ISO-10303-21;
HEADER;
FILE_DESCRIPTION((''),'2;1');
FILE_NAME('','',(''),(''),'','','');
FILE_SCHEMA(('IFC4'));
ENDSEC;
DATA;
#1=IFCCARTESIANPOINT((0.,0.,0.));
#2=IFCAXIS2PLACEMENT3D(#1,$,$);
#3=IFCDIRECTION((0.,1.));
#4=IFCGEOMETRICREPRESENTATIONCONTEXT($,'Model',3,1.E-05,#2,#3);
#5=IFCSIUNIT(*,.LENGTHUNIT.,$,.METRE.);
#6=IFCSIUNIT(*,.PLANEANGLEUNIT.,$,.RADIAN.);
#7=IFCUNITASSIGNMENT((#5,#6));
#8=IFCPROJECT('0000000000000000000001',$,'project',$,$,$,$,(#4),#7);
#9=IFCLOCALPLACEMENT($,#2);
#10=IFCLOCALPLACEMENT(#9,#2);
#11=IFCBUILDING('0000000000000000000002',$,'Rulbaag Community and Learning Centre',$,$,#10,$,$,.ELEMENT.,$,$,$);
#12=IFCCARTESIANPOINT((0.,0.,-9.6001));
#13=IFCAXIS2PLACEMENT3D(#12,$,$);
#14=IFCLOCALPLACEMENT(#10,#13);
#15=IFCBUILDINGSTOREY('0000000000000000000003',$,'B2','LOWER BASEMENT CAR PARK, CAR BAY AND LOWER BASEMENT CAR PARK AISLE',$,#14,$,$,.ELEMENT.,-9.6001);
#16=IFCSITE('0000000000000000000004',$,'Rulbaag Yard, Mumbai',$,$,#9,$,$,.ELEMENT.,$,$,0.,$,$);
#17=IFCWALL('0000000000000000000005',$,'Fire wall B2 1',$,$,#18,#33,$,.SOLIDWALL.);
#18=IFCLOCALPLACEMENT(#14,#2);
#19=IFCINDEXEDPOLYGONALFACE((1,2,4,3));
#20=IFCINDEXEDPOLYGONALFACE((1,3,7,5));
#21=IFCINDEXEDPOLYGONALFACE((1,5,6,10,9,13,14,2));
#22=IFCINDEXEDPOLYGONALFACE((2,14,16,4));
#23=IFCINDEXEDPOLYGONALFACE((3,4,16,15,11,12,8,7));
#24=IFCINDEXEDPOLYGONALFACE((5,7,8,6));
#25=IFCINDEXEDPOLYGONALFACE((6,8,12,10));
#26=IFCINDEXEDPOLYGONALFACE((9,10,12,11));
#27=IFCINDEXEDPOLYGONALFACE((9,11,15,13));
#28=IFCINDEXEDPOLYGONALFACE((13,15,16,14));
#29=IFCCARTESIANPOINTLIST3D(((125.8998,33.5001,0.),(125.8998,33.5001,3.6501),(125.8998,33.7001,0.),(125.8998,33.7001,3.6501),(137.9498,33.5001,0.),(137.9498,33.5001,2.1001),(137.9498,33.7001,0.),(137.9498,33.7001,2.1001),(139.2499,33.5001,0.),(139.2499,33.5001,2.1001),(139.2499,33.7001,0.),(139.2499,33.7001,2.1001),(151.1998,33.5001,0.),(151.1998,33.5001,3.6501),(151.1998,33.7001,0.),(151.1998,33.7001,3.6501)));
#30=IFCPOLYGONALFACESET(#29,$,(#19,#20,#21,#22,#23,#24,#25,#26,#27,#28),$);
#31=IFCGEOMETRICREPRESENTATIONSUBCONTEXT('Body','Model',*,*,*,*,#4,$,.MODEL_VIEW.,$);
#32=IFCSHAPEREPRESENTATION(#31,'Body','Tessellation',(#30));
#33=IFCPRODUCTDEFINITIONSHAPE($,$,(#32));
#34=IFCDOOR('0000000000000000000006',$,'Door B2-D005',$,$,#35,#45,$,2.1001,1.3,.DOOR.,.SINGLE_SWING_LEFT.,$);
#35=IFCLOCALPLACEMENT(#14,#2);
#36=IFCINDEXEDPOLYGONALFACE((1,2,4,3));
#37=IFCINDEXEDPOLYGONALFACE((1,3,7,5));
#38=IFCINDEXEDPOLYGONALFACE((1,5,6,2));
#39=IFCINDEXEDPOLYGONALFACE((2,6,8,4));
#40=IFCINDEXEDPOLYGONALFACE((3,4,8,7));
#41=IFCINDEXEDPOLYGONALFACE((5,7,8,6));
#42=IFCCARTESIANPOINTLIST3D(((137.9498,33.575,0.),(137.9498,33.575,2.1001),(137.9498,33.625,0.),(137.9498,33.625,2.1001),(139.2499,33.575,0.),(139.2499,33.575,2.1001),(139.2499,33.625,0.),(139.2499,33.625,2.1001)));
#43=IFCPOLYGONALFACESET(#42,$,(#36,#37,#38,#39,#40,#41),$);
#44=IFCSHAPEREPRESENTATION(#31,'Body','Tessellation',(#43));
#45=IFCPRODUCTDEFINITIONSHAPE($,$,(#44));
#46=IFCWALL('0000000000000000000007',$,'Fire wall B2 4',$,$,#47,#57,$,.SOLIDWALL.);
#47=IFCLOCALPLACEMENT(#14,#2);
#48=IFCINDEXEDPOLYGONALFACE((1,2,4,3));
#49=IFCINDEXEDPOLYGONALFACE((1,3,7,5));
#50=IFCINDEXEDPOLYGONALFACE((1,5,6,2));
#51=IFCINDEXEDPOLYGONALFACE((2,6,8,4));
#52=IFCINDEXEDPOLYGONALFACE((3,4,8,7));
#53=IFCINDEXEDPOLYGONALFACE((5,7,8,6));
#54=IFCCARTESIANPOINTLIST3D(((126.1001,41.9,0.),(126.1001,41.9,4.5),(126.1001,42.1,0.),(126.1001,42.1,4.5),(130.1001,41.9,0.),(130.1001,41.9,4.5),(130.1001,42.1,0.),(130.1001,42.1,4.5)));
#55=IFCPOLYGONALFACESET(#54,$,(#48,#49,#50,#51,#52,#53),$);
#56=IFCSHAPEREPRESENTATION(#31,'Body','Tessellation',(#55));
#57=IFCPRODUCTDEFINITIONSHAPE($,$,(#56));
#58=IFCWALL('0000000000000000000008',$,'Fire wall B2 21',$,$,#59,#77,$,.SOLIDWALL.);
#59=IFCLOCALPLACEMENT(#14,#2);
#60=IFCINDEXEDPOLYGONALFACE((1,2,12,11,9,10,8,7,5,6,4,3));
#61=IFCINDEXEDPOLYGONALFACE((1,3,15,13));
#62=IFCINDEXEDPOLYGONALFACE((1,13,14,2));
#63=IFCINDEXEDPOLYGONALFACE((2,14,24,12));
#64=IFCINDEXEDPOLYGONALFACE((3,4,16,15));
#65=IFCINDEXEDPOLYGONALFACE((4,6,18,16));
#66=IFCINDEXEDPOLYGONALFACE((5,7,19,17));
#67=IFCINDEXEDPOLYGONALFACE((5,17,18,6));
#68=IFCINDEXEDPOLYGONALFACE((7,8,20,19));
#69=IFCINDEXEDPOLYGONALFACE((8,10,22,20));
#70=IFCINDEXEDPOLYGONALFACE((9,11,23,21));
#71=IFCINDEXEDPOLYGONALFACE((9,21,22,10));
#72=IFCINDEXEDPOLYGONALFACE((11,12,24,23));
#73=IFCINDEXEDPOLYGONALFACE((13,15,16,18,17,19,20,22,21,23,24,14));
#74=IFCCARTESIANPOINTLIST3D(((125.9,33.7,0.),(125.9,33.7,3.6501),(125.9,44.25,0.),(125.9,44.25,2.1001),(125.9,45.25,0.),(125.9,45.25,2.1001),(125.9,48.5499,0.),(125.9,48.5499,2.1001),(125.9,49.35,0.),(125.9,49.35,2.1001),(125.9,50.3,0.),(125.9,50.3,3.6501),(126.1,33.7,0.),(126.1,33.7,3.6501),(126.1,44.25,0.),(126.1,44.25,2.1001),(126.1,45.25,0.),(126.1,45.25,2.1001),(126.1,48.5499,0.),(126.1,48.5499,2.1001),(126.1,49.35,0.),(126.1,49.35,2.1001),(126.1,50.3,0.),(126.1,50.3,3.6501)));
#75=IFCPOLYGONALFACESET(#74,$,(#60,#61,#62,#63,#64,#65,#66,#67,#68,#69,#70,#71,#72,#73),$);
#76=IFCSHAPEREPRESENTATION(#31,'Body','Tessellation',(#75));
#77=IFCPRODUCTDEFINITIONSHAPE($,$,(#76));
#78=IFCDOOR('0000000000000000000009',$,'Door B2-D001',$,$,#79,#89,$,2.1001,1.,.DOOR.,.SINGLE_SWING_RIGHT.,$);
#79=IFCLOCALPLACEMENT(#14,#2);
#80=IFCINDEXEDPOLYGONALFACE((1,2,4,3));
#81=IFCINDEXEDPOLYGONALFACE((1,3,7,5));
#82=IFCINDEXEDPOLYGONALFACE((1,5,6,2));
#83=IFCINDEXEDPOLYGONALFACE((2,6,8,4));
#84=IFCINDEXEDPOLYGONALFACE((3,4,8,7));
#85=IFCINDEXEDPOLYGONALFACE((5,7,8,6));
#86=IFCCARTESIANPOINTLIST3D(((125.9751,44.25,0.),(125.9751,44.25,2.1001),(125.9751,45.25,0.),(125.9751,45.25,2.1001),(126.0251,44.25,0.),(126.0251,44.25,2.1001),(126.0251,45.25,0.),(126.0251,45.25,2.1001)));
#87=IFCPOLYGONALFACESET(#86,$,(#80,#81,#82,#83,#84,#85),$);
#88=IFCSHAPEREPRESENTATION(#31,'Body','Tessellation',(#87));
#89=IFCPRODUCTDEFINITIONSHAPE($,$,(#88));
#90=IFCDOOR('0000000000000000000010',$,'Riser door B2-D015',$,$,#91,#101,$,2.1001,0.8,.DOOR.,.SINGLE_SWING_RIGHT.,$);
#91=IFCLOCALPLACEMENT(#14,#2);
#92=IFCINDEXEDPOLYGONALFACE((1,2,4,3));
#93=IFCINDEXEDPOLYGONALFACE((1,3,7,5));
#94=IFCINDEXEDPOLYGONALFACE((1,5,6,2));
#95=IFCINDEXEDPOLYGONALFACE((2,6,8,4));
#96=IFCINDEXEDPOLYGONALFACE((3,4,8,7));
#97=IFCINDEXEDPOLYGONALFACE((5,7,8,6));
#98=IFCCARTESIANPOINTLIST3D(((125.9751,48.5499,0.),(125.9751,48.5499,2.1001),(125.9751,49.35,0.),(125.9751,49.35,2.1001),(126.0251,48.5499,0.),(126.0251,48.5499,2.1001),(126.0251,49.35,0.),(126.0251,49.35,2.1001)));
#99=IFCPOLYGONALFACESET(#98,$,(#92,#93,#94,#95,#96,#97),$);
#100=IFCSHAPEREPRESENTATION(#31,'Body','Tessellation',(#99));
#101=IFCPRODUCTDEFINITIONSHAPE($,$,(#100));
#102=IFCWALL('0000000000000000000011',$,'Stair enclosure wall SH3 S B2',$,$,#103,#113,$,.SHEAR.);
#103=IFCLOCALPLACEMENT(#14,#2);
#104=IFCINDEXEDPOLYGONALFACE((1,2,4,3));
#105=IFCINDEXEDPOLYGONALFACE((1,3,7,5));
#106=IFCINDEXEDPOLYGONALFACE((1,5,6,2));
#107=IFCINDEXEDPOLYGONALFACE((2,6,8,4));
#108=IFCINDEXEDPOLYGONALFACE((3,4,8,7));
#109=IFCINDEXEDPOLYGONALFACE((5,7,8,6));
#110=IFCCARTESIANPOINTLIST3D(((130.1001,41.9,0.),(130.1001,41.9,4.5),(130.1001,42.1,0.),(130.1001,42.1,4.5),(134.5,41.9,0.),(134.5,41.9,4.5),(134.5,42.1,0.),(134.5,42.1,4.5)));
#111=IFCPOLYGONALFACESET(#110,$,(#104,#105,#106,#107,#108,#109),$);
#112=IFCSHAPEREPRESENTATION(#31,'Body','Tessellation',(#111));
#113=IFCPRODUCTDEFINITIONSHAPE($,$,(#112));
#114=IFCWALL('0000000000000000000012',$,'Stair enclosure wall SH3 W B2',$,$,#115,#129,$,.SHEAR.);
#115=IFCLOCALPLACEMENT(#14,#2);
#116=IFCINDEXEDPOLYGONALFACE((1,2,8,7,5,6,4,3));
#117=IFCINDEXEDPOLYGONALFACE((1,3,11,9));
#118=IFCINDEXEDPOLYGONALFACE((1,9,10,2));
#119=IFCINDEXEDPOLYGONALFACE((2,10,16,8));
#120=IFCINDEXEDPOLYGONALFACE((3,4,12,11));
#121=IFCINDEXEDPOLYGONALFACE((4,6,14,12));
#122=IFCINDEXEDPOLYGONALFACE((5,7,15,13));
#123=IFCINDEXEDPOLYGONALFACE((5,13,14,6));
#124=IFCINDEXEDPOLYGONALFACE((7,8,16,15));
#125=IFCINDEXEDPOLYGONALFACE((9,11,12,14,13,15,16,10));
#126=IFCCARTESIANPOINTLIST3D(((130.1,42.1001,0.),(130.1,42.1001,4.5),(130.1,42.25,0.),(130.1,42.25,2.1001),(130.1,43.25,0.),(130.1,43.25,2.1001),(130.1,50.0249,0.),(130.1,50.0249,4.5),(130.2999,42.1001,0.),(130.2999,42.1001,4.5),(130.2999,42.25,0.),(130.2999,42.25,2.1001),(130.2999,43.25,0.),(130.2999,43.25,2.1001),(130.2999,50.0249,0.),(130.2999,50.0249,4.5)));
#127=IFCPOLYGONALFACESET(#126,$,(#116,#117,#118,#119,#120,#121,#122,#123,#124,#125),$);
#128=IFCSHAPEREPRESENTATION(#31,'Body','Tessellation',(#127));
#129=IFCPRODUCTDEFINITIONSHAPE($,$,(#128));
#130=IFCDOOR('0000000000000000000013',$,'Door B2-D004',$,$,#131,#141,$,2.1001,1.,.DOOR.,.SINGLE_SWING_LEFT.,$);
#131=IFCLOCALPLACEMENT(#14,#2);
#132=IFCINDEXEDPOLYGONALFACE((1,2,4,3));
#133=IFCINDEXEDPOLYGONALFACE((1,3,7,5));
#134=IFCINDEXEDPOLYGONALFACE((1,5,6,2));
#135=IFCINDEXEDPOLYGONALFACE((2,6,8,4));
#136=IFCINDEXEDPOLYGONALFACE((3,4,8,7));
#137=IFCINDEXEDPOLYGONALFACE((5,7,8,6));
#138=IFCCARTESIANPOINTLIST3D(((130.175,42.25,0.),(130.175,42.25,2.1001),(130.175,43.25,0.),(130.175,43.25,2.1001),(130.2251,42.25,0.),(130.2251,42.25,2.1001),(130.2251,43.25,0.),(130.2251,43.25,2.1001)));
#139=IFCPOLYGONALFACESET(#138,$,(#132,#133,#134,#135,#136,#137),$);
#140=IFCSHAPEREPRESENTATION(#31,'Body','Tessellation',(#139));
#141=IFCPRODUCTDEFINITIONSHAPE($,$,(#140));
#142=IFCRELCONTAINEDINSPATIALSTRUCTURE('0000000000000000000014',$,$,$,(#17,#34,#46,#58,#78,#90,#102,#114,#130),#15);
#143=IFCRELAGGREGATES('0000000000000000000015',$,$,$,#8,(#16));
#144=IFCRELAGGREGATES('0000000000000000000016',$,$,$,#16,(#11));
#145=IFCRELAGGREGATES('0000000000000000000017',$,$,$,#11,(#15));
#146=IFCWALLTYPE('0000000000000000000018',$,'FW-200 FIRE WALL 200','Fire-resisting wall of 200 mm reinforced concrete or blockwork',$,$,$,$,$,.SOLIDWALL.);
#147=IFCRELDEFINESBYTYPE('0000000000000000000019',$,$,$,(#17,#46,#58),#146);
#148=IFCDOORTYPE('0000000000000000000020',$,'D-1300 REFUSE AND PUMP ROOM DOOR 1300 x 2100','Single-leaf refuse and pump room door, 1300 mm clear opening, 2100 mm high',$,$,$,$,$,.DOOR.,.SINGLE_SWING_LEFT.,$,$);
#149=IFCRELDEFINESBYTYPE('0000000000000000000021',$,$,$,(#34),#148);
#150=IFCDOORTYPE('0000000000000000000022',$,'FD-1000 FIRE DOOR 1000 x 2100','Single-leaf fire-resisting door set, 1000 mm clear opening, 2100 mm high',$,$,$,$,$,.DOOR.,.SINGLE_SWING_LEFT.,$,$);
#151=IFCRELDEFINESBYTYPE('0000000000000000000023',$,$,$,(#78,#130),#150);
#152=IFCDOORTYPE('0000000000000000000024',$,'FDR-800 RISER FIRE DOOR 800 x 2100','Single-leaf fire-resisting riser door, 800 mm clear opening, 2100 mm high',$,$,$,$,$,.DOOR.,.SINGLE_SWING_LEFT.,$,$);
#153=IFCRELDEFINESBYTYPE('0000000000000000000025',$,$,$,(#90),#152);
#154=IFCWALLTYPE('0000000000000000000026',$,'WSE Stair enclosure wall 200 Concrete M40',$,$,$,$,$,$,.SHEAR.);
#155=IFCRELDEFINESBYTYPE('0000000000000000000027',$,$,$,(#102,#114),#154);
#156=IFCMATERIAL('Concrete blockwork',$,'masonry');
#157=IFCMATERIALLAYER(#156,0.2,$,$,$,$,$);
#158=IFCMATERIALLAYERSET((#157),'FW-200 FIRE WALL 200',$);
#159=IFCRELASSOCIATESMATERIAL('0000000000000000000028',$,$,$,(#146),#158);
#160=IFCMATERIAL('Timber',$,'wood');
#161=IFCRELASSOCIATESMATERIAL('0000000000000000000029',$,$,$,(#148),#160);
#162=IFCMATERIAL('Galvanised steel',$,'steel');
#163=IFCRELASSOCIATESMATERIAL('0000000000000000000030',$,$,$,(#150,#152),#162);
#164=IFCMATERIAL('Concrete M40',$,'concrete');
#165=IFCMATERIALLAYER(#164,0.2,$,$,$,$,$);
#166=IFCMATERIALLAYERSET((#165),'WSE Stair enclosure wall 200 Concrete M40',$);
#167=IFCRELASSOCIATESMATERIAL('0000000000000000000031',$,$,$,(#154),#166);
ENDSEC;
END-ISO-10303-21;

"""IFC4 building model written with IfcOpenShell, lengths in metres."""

from ifc_helpers import new_model, si_unit, direction, frame, frame_2d, origin, place, context, subcontext, project, spatial, rectangle, extrude, material, layer, layer_set, type_object, element, fill, save


model = new_model("IFC4")

# Units and contexts
model_context = context("Model", 3, precision=1e-05, world=origin(), true_north=direction((0.0, 1.0)))
body_context = subcontext(model_context, "Body", "Model", "MODEL_VIEW")
ifc_project = project(units=[si_unit("LENGTHUNIT", "METRE"), si_unit("PLANEANGLEUNIT", "RADIAN")], contexts=[model_context])

# Site, building, storey
site_placement = place(None, origin())
site = spatial("IfcSite", under=ifc_project, at=site_placement, Name="Rulbaag Yard, Mumbai", CompositionType="ELEMENT", RefElevation=0.0)
building_placement = place(site_placement, origin())
building = spatial("IfcBuilding", under=site, at=building_placement, Name="Rulbaag Community and Learning Centre", CompositionType="ELEMENT")
storey_placement = place(building_placement, frame((0.0, 0.0, -9.6001)))
storey = spatial("IfcBuildingStorey", under=building, at=storey_placement, Name="B2", Description="LOWER BASEMENT CAR PARK, CAR BAY AND LOWER BASEMENT CAR PARK AISLE", CompositionType="ELEMENT", Elevation=-9.6001)

# Wall, opening, door
ifc_material_1 = material(Name="Concrete blockwork", Category="masonry")
ifc_layer_1 = layer(ifc_material_1, 0.2)
ifc_layer_set_1 = layer_set([ifc_layer_1], Name="FW-200 FIRE WALL 200")
wall_type_1 = type_object("IfcWallType", Name="FW-200 FIRE WALL 200", Description="Fire-resisting wall of 200 mm reinforced concrete or blockwork", PredefinedType="SOLIDWALL", material=ifc_layer_set_1)
wall_1_placement = place(storey_placement, frame((125.8999, 33.6001, 0.0), z_axis=(0.0, 0.0, 1.0), x_axis=(1.0, 0.0, 0.0)))
wall_1 = element("IfcWall", 1, at=wall_1_placement, inside=storey, type_object=wall_type_1, Name="Fire wall B2 1", PredefinedType="SOLIDWALL", context=body_context, shape_type="SweptSolid", body=[
    extrude(rectangle(XDim=25.3, YDim=0.2, at=frame_2d((12.6499, 0.0))), origin(), (0.0, 0.0, 1.0), 3.6501),
])
opening_1_placement = place(wall_1_placement, frame((12.05, 0.0, 0.0)))
opening_1 = element("IfcOpeningElement", 2, at=opening_1_placement, cuts=wall_1, PredefinedType="OPENING", context=body_context, shape_type="SweptSolid", body=[
    extrude(rectangle(XDim=1.3, YDim=2.1001, at=frame_2d((0.6499, 1.05))), frame((0.0, 0.1099, 0.0), z_axis=(0.0, -1.0, 0.0), x_axis=(1.0, 0.0, 0.0)), (0.0, 0.0, 1.0), 0.22),
])
ifc_material_2 = material(Name="Timber", Category="wood")
door_type_1 = type_object("IfcDoorType", Name="D-1300 REFUSE AND PUMP ROOM DOOR 1300 x 2100", Description="Single-leaf refuse and pump room door, 1300 mm clear opening, 2100 mm high", OperationType="SINGLE_SWING_LEFT", PredefinedType="DOOR", material=ifc_material_2)
door_1_placement = place(opening_1_placement, origin())
door_1 = element("IfcDoor", 3, at=door_1_placement, inside=storey, type_object=door_type_1, Name="Door B2-D005", OperationType="SINGLE_SWING_LEFT", OverallHeight=2.1001, OverallWidth=1.3, PredefinedType="DOOR", context=body_context, shape_type="SweptSolid", body=[
    extrude(rectangle(XDim=1.3, YDim=2.1001, at=frame_2d((0.6499, 1.05))), frame((0.0, 0.0249, 0.0), z_axis=(0.0, -1.0, 0.0), x_axis=(1.0, 0.0, 0.0)), (0.0, 0.0, 1.0), 0.05),
])
fill(opening_1, door_1)

# Wall
wall_2_placement = place(storey_placement, frame((126.1001, 42.0, 0.0), z_axis=(0.0, 0.0, 1.0), x_axis=(1.0, 0.0, 0.0)))
element("IfcWall", 4, at=wall_2_placement, inside=storey, type_object=wall_type_1, Name="Fire wall B2 4", PredefinedType="SOLIDWALL", context=body_context, shape_type="SweptSolid", body=[
    extrude(rectangle(XDim=4.0, YDim=0.2, at=frame_2d((2.0, 0.0))), origin(), (0.0, 0.0, 1.0), 4.5),
])

# Wall, openings, doors
wall_3_placement = place(storey_placement, frame((126.0, 33.7, 0.0), z_axis=(0.0, 0.0, 1.0), x_axis=(0.0, 1.0, 0.0)))
wall_3 = element("IfcWall", 5, at=wall_3_placement, inside=storey, type_object=wall_type_1, Name="Fire wall B2 21", PredefinedType="SOLIDWALL", context=body_context, shape_type="SweptSolid", body=[
    extrude(rectangle(XDim=16.6001, YDim=0.2, at=frame_2d((8.3, 0.0))), origin(), (0.0, 0.0, 1.0), 3.6501),
])
opening_2_placement = place(wall_3_placement, frame((14.8501, 0.0, 0.0)))
opening_2 = element("IfcOpeningElement", 6, at=opening_2_placement, cuts=wall_3, PredefinedType="OPENING", context=body_context, shape_type="SweptSolid", body=[
    extrude(rectangle(XDim=0.8, YDim=2.1001, at=frame_2d((0.3999, 1.05))), frame((0.0, 0.1099, 0.0), z_axis=(0.0, -1.0, 0.0), x_axis=(1.0, 0.0, 0.0)), (0.0, 0.0, 1.0), 0.22),
])
opening_3_placement = place(wall_3_placement, frame((10.55, 0.0, 0.0)))
opening_3 = element("IfcOpeningElement", 7, at=opening_3_placement, cuts=wall_3, PredefinedType="OPENING", context=body_context, shape_type="SweptSolid", body=[
    extrude(rectangle(XDim=1.0, YDim=2.1001, at=frame_2d((0.5, 1.05))), frame((0.0, 0.1099, 0.0), z_axis=(0.0, -1.0, 0.0), x_axis=(1.0, 0.0, 0.0)), (0.0, 0.0, 1.0), 0.22),
])
ifc_material_3 = material(Name="Galvanised steel", Category="steel")
door_type_2 = type_object("IfcDoorType", Name="FD-1000 FIRE DOOR 1000 x 2100", Description="Single-leaf fire-resisting door set, 1000 mm clear opening, 2100 mm high", OperationType="SINGLE_SWING_LEFT", PredefinedType="DOOR", material=ifc_material_3)
door_2_placement = place(opening_3_placement, origin())
door_2 = element("IfcDoor", 8, at=door_2_placement, inside=storey, type_object=door_type_2, Name="Door B2-D001", OperationType="SINGLE_SWING_RIGHT", OverallHeight=2.1001, OverallWidth=1.0, PredefinedType="DOOR", context=body_context, shape_type="SweptSolid", body=[
    extrude(rectangle(XDim=1.0, YDim=2.1001, at=frame_2d((0.5, 1.05))), frame((0.0, 0.0249, 0.0), z_axis=(0.0, -1.0, 0.0), x_axis=(1.0, 0.0, 0.0)), (0.0, 0.0, 1.0), 0.05),
])
fill(opening_3, door_2)
door_type_3 = type_object("IfcDoorType", Name="FDR-800 RISER FIRE DOOR 800 x 2100", Description="Single-leaf fire-resisting riser door, 800 mm clear opening, 2100 mm high", OperationType="SINGLE_SWING_LEFT", PredefinedType="DOOR", material=ifc_material_3)
door_3_placement = place(opening_2_placement, origin())
door_3 = element("IfcDoor", 9, at=door_3_placement, inside=storey, type_object=door_type_3, Name="Riser door B2-D015", OperationType="SINGLE_SWING_RIGHT", OverallHeight=2.1001, OverallWidth=0.8, PredefinedType="DOOR", context=body_context, shape_type="SweptSolid", body=[
    extrude(rectangle(XDim=0.8, YDim=2.1001, at=frame_2d((0.3999, 1.05))), frame((0.0, 0.0249, 0.0), z_axis=(0.0, -1.0, 0.0), x_axis=(1.0, 0.0, 0.0)), (0.0, 0.0, 1.0), 0.05),
])
fill(opening_2, door_3)

# Wall
ifc_material_4 = material(Name="Concrete M40", Category="concrete")
ifc_layer_2 = layer(ifc_material_4, 0.2)
ifc_layer_set_2 = layer_set([ifc_layer_2], Name="WSE Stair enclosure wall 200 Concrete M40")
wall_type_2 = type_object("IfcWallType", Name="WSE Stair enclosure wall 200 Concrete M40", PredefinedType="SHEAR", material=ifc_layer_set_2)
wall_4_placement = place(storey_placement, frame((130.1001, 42.0, 0.0), z_axis=(0.0, 0.0, 1.0), x_axis=(1.0, 0.0, 0.0)))
element("IfcWall", 10, at=wall_4_placement, inside=storey, type_object=wall_type_2, Name="Stair enclosure wall SH3 S B2", PredefinedType="SHEAR", context=body_context, shape_type="SweptSolid", body=[
    extrude(rectangle(XDim=4.3999, YDim=0.2, at=frame_2d((2.2, 0.0))), origin(), (0.0, 0.0, 1.0), 4.5),
])

# Wall, opening, door
wall_5_placement = place(storey_placement, frame((130.2, 42.1001, 0.0), z_axis=(0.0, 0.0, 1.0), x_axis=(0.0, 1.0, 0.0)))
wall_5 = element("IfcWall", 11, at=wall_5_placement, inside=storey, type_object=wall_type_2, Name="Stair enclosure wall SH3 W B2", PredefinedType="SHEAR", context=body_context, shape_type="SweptSolid", body=[
    extrude(rectangle(XDim=7.9248, YDim=0.2, at=frame_2d((3.9624, 0.0))), origin(), (0.0, 0.0, 1.0), 4.5),
])
opening_4_placement = place(wall_5_placement, frame((0.1499, 0.0, 0.0)))
opening_4 = element("IfcOpeningElement", 12, at=opening_4_placement, cuts=wall_5, PredefinedType="OPENING", context=body_context, shape_type="SweptSolid", body=[
    extrude(rectangle(XDim=1.0, YDim=2.1001, at=frame_2d((0.5, 1.05))), frame((0.0, 0.1099, 0.0), z_axis=(0.0, -1.0, 0.0), x_axis=(1.0, 0.0, 0.0)), (0.0, 0.0, 1.0), 0.22),
])
door_4_placement = place(opening_4_placement, origin())
door_4 = element("IfcDoor", 13, at=door_4_placement, inside=storey, type_object=door_type_2, Name="Door B2-D004", OperationType="SINGLE_SWING_LEFT", OverallHeight=2.1001, OverallWidth=1.0, PredefinedType="DOOR", context=body_context, shape_type="SweptSolid", body=[
    extrude(rectangle(XDim=1.0, YDim=2.1001, at=frame_2d((0.5, 1.05))), frame((0.0, 0.0249, 0.0), z_axis=(0.0, -1.0, 0.0), x_axis=(1.0, 0.0, 0.0)), (0.0, 0.0, 1.0), 0.05),
])
fill(opening_4, door_4)

save(model, "model.ifc")
